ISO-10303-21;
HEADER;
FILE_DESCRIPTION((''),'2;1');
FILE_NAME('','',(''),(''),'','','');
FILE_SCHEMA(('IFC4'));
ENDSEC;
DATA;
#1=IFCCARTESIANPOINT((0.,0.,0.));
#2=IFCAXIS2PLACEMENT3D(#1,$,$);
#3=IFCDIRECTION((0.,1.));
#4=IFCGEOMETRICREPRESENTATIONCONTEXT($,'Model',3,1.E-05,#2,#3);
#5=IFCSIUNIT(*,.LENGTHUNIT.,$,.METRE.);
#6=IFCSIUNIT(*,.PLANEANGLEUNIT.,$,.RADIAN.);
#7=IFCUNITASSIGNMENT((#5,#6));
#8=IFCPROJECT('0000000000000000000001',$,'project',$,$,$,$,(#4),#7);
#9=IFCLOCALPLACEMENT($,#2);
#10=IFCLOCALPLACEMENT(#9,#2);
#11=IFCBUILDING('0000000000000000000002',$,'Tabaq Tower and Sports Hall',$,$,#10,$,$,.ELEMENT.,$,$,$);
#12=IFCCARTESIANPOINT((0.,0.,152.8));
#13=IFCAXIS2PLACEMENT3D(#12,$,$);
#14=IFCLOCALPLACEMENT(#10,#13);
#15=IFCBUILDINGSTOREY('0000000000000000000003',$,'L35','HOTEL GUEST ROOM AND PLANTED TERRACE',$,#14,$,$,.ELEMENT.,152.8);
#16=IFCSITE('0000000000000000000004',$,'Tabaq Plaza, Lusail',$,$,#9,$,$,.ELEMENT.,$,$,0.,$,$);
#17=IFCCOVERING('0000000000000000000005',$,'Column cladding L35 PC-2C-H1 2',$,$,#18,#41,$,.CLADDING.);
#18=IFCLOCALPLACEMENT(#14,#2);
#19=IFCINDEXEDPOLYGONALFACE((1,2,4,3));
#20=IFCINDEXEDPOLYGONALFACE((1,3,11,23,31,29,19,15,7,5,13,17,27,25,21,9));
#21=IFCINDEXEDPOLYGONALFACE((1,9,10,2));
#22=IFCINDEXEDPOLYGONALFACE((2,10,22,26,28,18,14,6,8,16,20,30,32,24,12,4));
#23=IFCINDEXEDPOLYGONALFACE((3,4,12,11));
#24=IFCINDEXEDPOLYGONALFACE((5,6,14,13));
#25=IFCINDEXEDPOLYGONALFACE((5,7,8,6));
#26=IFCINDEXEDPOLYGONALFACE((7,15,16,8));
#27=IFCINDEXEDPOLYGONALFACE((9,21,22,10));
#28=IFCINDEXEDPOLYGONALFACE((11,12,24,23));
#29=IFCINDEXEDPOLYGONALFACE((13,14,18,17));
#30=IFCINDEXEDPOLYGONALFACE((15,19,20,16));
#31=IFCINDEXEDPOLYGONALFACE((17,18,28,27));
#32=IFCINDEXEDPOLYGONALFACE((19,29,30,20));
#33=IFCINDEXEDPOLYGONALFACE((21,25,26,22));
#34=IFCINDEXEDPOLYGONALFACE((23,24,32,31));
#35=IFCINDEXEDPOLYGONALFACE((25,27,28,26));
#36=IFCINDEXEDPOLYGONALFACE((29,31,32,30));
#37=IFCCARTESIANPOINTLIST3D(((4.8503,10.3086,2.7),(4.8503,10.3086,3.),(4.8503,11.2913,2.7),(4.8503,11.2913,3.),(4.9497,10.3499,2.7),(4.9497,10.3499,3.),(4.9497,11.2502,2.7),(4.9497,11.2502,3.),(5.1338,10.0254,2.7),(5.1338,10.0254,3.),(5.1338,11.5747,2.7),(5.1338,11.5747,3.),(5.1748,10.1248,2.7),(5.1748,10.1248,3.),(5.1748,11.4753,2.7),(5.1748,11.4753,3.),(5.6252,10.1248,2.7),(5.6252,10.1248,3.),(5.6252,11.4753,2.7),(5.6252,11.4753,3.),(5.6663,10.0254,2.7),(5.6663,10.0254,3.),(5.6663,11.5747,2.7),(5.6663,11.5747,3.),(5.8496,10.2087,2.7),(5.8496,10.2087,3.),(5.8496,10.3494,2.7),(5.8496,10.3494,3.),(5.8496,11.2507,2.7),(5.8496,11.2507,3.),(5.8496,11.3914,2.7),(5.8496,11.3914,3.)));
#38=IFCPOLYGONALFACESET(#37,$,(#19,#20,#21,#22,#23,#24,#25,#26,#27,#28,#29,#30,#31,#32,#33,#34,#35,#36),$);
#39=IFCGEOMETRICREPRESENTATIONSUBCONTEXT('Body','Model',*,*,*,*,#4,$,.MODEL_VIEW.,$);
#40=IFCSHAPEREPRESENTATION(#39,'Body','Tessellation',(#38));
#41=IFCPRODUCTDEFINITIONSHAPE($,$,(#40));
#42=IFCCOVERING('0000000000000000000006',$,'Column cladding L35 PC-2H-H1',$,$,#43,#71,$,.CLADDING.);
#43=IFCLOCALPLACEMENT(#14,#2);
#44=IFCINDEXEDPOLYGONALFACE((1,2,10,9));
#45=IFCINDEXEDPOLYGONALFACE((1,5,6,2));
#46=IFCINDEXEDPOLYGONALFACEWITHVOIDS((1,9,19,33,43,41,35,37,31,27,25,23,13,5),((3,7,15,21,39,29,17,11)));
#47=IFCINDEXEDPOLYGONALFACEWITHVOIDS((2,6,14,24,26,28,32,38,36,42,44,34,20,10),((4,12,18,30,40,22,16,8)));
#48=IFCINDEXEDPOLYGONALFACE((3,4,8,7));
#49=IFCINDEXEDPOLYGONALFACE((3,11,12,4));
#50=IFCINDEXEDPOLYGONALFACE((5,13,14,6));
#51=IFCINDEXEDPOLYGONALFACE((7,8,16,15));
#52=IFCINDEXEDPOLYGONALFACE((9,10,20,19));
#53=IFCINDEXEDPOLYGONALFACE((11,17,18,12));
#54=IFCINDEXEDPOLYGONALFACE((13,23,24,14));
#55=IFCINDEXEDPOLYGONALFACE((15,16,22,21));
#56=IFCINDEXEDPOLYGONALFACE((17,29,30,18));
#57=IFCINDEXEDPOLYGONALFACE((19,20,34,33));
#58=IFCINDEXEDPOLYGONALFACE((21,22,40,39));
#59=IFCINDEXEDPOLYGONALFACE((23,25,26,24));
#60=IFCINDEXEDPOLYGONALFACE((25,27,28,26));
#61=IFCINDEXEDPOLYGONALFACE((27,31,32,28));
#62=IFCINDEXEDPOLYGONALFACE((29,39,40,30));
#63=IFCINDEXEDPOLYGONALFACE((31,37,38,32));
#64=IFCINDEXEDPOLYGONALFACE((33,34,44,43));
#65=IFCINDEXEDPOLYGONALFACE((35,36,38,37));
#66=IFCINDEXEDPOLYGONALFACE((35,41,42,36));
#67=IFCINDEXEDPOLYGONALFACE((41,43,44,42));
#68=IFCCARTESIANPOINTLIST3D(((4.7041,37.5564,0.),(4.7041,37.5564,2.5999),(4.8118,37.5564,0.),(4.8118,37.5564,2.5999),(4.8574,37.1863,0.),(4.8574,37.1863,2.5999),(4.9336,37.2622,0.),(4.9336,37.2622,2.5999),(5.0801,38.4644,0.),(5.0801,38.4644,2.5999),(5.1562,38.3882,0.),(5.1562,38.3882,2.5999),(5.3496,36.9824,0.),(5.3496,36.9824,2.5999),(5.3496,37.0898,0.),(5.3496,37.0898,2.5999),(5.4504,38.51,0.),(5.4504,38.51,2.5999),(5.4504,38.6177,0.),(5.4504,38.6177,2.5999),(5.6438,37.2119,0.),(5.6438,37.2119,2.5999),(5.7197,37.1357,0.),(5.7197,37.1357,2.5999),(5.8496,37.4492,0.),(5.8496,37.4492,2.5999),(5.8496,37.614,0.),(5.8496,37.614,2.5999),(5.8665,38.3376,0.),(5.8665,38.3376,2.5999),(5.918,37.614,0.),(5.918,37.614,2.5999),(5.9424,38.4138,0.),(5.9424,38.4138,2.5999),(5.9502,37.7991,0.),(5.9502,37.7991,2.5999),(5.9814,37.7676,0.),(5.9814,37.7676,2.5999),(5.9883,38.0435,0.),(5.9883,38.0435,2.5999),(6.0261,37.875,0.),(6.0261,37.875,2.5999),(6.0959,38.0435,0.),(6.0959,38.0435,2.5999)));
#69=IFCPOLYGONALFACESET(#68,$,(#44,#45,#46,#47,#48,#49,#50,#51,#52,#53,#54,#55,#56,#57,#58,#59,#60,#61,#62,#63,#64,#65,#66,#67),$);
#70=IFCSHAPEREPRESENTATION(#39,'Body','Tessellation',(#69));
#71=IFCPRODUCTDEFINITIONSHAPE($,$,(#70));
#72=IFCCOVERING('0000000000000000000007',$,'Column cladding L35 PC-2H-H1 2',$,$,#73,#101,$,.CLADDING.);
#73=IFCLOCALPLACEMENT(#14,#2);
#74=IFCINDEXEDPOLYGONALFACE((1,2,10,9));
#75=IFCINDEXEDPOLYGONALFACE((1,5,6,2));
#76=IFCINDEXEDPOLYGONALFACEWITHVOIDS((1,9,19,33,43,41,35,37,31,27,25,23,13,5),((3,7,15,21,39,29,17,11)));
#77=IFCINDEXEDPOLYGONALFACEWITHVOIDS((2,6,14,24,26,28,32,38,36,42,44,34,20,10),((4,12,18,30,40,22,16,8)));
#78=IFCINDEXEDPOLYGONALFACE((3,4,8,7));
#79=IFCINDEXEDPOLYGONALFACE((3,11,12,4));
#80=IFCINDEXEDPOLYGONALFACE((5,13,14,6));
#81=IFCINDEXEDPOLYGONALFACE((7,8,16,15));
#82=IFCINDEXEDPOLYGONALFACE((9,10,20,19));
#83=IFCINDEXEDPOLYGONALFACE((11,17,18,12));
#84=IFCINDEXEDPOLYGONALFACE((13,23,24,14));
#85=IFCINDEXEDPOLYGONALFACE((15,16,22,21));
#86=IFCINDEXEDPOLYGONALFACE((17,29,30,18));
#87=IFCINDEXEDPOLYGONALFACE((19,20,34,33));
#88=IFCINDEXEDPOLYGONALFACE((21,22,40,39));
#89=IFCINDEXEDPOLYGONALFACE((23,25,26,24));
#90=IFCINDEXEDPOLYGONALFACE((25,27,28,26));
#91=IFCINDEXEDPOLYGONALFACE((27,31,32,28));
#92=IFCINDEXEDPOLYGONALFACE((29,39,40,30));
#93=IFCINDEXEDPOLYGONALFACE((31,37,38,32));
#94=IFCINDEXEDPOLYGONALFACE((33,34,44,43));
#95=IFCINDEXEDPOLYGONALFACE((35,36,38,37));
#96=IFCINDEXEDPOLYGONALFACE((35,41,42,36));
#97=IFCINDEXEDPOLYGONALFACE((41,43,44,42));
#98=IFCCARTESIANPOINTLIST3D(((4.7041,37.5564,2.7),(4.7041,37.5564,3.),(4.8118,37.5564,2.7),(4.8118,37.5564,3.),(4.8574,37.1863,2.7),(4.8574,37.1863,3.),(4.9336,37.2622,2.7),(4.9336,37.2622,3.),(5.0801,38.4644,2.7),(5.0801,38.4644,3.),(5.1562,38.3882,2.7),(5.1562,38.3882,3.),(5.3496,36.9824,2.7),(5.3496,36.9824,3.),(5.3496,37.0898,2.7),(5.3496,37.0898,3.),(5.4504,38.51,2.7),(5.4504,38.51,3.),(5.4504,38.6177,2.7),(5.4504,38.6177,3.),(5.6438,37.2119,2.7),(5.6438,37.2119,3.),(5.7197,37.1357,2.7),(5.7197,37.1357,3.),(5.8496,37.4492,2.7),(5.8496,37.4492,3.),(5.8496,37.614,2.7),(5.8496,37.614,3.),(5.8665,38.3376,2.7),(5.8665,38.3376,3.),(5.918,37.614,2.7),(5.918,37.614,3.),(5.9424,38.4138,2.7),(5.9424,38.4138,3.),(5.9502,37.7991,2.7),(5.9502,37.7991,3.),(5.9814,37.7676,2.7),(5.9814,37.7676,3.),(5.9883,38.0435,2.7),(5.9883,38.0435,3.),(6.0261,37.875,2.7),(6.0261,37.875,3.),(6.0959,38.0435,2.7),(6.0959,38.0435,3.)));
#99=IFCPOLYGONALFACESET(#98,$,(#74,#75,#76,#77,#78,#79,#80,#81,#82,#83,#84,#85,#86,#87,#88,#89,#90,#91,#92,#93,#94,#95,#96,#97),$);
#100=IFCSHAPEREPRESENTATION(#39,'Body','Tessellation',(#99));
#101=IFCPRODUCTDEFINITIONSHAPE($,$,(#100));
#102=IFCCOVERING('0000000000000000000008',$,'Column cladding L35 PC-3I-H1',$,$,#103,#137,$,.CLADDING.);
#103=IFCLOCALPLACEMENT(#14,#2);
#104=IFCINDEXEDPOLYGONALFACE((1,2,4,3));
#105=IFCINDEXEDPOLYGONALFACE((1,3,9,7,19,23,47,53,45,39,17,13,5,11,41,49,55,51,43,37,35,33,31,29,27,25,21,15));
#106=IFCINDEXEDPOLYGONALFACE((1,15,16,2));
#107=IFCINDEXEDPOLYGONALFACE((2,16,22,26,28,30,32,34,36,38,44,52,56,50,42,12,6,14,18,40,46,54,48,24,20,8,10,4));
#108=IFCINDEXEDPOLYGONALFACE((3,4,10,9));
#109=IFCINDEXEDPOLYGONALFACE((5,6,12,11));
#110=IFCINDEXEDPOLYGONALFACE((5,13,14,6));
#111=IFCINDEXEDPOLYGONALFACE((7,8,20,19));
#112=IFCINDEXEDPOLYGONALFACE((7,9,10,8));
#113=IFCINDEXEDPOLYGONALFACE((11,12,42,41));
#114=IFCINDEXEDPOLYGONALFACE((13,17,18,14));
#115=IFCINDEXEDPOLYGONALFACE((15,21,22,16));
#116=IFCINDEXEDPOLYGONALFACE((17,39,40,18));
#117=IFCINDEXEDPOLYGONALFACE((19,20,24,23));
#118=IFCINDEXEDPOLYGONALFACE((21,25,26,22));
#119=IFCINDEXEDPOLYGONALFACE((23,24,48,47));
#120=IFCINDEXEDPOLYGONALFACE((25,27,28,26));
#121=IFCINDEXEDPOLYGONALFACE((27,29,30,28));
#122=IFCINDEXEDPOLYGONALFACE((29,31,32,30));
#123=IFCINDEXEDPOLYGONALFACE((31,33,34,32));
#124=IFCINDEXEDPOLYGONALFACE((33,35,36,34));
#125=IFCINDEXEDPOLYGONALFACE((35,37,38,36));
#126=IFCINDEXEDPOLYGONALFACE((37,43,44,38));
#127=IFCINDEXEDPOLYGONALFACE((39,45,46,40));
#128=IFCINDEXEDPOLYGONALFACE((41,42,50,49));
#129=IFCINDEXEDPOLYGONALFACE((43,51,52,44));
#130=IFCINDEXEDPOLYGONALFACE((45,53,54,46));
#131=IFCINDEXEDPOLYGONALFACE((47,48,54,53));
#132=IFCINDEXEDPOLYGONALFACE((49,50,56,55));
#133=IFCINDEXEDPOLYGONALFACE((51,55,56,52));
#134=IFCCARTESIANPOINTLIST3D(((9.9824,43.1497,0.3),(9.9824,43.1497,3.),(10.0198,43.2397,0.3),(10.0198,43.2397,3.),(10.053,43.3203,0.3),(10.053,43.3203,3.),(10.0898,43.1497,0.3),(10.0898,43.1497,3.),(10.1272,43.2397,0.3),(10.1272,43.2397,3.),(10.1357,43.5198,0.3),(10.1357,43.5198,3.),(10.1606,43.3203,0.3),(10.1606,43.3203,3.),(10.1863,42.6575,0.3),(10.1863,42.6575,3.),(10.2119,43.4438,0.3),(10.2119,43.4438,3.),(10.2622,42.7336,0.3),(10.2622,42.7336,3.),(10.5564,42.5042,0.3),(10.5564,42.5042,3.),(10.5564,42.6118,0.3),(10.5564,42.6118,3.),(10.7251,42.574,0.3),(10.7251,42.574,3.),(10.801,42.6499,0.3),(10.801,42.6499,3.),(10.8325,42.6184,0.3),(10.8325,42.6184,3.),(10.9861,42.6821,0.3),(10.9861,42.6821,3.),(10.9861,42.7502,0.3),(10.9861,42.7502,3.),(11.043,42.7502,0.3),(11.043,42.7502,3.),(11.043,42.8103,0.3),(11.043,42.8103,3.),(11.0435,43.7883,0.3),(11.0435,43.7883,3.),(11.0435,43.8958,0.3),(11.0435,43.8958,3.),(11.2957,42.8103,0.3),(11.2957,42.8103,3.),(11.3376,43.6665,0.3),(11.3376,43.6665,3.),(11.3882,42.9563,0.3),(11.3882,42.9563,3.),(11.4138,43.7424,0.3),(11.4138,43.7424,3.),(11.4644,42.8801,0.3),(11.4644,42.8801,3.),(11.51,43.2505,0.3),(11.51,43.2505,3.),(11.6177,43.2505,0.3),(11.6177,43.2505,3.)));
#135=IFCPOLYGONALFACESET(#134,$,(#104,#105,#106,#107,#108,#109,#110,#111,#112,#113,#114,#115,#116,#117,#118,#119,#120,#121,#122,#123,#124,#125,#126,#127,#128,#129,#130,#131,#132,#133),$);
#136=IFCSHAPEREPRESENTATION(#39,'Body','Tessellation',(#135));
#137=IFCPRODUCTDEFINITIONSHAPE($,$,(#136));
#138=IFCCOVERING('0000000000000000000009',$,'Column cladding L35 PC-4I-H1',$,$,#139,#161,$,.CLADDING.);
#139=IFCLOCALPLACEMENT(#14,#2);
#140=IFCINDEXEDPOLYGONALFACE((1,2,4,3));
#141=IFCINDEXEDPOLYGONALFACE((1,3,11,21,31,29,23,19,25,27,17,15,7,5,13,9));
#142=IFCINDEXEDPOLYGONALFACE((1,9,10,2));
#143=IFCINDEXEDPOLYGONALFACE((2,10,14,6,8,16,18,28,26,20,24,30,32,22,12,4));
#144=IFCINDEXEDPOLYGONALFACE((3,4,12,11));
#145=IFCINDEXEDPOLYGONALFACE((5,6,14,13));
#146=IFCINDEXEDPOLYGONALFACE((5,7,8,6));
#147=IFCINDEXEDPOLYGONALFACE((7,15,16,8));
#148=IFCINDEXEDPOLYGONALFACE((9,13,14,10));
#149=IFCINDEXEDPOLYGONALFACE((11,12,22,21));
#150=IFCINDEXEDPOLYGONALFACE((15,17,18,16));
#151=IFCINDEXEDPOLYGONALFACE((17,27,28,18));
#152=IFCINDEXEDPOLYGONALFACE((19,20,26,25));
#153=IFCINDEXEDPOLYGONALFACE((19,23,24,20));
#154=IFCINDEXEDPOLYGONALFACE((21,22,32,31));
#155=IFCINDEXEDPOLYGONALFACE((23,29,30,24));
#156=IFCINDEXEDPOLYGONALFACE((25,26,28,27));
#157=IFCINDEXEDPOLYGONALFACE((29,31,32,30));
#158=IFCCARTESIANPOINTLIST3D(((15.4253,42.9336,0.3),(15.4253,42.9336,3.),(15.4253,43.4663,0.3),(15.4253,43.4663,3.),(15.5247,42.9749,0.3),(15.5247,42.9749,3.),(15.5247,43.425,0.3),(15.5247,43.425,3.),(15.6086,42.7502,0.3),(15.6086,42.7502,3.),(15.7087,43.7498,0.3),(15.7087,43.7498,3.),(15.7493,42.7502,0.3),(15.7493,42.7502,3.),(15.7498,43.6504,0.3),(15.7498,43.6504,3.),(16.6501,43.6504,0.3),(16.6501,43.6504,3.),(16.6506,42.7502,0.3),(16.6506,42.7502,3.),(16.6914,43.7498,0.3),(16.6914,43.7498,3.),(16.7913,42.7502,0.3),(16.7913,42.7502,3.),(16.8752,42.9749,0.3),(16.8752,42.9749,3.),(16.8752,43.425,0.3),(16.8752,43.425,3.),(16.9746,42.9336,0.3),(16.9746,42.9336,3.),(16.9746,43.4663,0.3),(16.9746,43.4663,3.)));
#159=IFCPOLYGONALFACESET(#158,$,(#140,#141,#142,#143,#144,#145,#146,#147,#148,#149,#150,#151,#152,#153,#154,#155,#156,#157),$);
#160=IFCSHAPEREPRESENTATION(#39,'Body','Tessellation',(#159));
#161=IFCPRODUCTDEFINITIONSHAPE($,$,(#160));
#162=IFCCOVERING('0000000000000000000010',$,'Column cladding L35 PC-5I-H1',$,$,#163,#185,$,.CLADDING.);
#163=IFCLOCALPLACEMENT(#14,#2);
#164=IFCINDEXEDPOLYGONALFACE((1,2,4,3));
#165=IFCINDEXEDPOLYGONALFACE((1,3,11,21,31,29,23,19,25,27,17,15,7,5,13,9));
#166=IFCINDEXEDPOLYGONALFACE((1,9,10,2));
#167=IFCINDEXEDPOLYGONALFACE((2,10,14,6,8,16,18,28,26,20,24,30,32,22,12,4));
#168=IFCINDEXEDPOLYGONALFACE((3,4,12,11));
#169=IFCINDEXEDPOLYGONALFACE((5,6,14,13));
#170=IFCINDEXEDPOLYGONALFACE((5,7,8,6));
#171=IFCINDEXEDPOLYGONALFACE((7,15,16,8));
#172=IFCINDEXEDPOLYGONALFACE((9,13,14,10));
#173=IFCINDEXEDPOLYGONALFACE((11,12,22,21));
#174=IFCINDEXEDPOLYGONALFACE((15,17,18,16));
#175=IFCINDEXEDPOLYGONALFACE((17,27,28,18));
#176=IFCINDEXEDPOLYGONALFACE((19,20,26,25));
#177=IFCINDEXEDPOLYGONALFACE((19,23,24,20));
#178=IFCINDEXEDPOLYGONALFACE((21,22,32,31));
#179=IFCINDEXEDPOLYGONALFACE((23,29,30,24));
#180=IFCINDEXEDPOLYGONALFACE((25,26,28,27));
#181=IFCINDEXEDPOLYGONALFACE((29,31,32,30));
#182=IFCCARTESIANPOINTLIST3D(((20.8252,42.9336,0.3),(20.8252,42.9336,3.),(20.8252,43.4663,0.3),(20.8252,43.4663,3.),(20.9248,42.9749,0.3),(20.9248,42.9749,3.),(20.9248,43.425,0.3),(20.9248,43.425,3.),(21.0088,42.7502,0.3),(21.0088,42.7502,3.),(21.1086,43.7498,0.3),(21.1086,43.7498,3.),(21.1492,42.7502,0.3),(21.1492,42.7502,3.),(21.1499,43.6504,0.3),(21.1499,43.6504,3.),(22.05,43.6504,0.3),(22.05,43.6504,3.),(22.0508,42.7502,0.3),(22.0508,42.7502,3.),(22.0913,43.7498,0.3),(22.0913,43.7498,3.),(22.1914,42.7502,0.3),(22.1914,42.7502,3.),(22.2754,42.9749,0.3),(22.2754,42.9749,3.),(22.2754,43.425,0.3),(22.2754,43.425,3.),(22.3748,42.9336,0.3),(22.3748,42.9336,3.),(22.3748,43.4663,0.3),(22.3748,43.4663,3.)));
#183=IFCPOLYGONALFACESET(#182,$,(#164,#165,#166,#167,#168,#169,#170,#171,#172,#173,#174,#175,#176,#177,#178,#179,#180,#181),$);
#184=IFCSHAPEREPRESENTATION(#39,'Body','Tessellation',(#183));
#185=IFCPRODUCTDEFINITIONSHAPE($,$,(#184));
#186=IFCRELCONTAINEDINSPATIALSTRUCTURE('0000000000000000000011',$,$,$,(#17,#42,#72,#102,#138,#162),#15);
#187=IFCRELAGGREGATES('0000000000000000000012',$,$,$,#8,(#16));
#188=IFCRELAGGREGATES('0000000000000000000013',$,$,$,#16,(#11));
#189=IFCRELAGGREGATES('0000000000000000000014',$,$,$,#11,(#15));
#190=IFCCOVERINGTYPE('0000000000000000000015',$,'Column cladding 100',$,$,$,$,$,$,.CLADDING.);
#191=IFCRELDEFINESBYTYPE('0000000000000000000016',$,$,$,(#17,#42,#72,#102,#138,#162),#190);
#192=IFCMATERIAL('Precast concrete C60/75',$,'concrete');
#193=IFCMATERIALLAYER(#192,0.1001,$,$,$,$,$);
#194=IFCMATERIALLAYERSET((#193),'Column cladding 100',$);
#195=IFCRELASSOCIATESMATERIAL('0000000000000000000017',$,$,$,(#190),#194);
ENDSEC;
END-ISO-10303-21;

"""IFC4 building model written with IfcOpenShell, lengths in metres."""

from ifc_helpers import new_model, si_unit, direction, frame, origin, place, context, subcontext, project, spatial, polyline, outline, extrude, material, layer, layer_set, type_object, element, save


model = new_model("IFC4")

# Units and contexts
model_context = context("Model", 3, precision=1e-05, world=origin(), true_north=direction((0.0, 1.0)))
body_context = subcontext(model_context, "Body", "Model", "MODEL_VIEW")
ifc_project = project(units=[si_unit("LENGTHUNIT", "METRE"), si_unit("PLANEANGLEUNIT", "RADIAN")], contexts=[model_context])

# Site, building, storey
site_placement = place(None, origin())
site = spatial("IfcSite", under=ifc_project, at=site_placement, Name="Tabaq Plaza, Lusail", CompositionType="ELEMENT", RefElevation=0.0)
building_placement = place(site_placement, origin())
building = spatial("IfcBuilding", under=site, at=building_placement, Name="Tabaq Tower and Sports Hall", CompositionType="ELEMENT")
storey_placement = place(building_placement, frame((0.0, 0.0, 152.8)))
storey = spatial("IfcBuildingStorey", under=building, at=storey_placement, Name="L35", Description="HOTEL GUEST ROOM AND PLANTED TERRACE", CompositionType="ELEMENT", Elevation=152.8)

# Coverings
ifc_material_1 = material(Name="Precast concrete C60/75", Category="concrete")
ifc_layer_1 = layer(ifc_material_1, 0.1001)
ifc_layer_set_1 = layer_set([ifc_layer_1], Name="Column cladding 100")
covering_type_1 = type_object("IfcCoveringType", Name="Column cladding 100", PredefinedType="CLADDING", material=ifc_layer_set_1)
covering_1_placement = place(storey_placement, frame((0.0, 0.0, 2.7)))
element("IfcCovering", 1, at=covering_1_placement, inside=storey, type_object=covering_type_1, Name="Column cladding L35 PC-2C-H1 2", PredefinedType="CLADDING", context=body_context, shape_type="SweptSolid", body=[
    extrude(outline(polyline([(5.1338, 10.0254), (4.8503, 10.3086), (4.8503, 11.2913), (5.1338, 11.5747), (5.6663, 11.5747), (5.8496, 11.3914), (5.8496, 11.2507), (5.6252, 11.4753), (5.1748, 11.4753), (4.9497, 11.2502), (4.9497, 10.3499), (5.1748, 10.1248), (5.6252, 10.1248), (5.8496, 10.3494), (5.8496, 10.2087), (5.6663, 10.0254), (5.1338, 10.0254)])), origin(), (0.0, 0.0, 1.0), 0.3),
])
covering_2_placement = place(storey_placement, origin())
element("IfcCovering", 2, at=covering_2_placement, inside=storey, type_object=covering_type_1, Name="Column cladding L35 PC-2H-H1", PredefinedType="CLADDING", context=body_context, shape_type="SweptSolid", body=[
    extrude(outline(polyline([(4.8574, 37.1863), (4.7041, 37.5564), (5.0801, 38.4644), (5.4504, 38.6177), (5.9424, 38.4138), (6.0959, 38.0435), (6.0261, 37.875), (5.9502, 37.7991), (5.9814, 37.7676), (5.918, 37.614), (5.8496, 37.614), (5.8496, 37.4492), (5.7197, 37.1357), (5.3496, 36.9824), (4.8574, 37.1863)]), holes=[polyline([(5.8665, 38.3376), (5.4504, 38.51), (5.1562, 38.3882), (4.8118, 37.5564), (4.9336, 37.2622), (5.3496, 37.0898), (5.6438, 37.2119), (5.9883, 38.0435), (5.8665, 38.3376)])]), origin(), (0.0, 0.0, 1.0), 2.5999),
])
covering_3_placement = place(storey_placement, frame((0.0, 0.0, 2.7)))
element("IfcCovering", 3, at=covering_3_placement, inside=storey, type_object=covering_type_1, Name="Column cladding L35 PC-2H-H1 2", PredefinedType="CLADDING", context=body_context, shape_type="SweptSolid", body=[
    extrude(outline(polyline([(4.8574, 37.1863), (4.7041, 37.5564), (5.0801, 38.4644), (5.4504, 38.6177), (5.9424, 38.4138), (6.0959, 38.0435), (6.0261, 37.875), (5.9502, 37.7991), (5.9814, 37.7676), (5.918, 37.614), (5.8496, 37.614), (5.8496, 37.4492), (5.7197, 37.1357), (5.3496, 36.9824), (4.8574, 37.1863)]), holes=[polyline([(5.8665, 38.3376), (5.4504, 38.51), (5.1562, 38.3882), (4.8118, 37.5564), (4.9336, 37.2622), (5.3496, 37.0898), (5.6438, 37.2119), (5.9883, 38.0435), (5.8665, 38.3376)])]), origin(), (0.0, 0.0, 1.0), 0.3),
])
covering_4_placement = place(storey_placement, frame((0.0, 0.0, 0.3)))
element("IfcCovering", 4, at=covering_4_placement, inside=storey, type_object=covering_type_1, Name="Column cladding L35 PC-3I-H1", PredefinedType="CLADDING", context=body_context, shape_type="SweptSolid", body=[
    extrude(outline(polyline([(9.9824, 43.1497), (10.0198, 43.2397), (10.1272, 43.2397), (10.0898, 43.1497), (10.2622, 42.7336), (10.5564, 42.6118), (11.3882, 42.9563), (11.51, 43.2505), (11.3376, 43.6665), (11.0435, 43.7883), (10.2119, 43.4438), (10.1606, 43.3203), (10.053, 43.3203), (10.1357, 43.5198), (11.0435, 43.8958), (11.4138, 43.7424), (11.6177, 43.2505), (11.4644, 42.8801), (11.2957, 42.8103), (11.043, 42.8103), (11.043, 42.7502), (10.9861, 42.7502), (10.9861, 42.6821), (10.8325, 42.6184), (10.801, 42.6499), (10.7251, 42.574), (10.5564, 42.5042), (10.1863, 42.6575), (9.9824, 43.1497)])), origin(), (0.0, 0.0, 1.0), 2.7),
])
covering_5_placement = place(storey_placement, frame((0.0, 0.0, 0.3)))
element("IfcCovering", 5, at=covering_5_placement, inside=storey, type_object=covering_type_1, Name="Column cladding L35 PC-4I-H1", PredefinedType="CLADDING", context=body_context, shape_type="SweptSolid", body=[
    extrude(outline(polyline([(15.4253, 43.4663), (15.7087, 43.7498), (16.6914, 43.7498), (16.9746, 43.4663), (16.9746, 42.9336), (16.7913, 42.7502), (16.6506, 42.7502), (16.8752, 42.9749), (16.8752, 43.425), (16.6501, 43.6504), (15.7498, 43.6504), (15.5247, 43.425), (15.5247, 42.9749), (15.7493, 42.7502), (15.6086, 42.7502), (15.4253, 42.9336), (15.4253, 43.4663)])), origin(), (0.0, 0.0, 1.0), 2.7),
])
covering_6_placement = place(storey_placement, frame((0.0, 0.0, 0.3)))
element("IfcCovering", 6, at=covering_6_placement, inside=storey, type_object=covering_type_1, Name="Column cladding L35 PC-5I-H1", PredefinedType="CLADDING", context=body_context, shape_type="SweptSolid", body=[
    extrude(outline(polyline([(20.8252, 43.4663), (21.1086, 43.7498), (22.0913, 43.7498), (22.3748, 43.4663), (22.3748, 42.9336), (22.1914, 42.7502), (22.0508, 42.7502), (22.2754, 42.9749), (22.2754, 43.425), (22.05, 43.6504), (21.1499, 43.6504), (20.9248, 43.425), (20.9248, 42.9749), (21.1492, 42.7502), (21.0088, 42.7502), (20.8252, 42.9336), (20.8252, 43.4663)])), origin(), (0.0, 0.0, 1.0), 2.7),
])

save(model, "model.ifc")
